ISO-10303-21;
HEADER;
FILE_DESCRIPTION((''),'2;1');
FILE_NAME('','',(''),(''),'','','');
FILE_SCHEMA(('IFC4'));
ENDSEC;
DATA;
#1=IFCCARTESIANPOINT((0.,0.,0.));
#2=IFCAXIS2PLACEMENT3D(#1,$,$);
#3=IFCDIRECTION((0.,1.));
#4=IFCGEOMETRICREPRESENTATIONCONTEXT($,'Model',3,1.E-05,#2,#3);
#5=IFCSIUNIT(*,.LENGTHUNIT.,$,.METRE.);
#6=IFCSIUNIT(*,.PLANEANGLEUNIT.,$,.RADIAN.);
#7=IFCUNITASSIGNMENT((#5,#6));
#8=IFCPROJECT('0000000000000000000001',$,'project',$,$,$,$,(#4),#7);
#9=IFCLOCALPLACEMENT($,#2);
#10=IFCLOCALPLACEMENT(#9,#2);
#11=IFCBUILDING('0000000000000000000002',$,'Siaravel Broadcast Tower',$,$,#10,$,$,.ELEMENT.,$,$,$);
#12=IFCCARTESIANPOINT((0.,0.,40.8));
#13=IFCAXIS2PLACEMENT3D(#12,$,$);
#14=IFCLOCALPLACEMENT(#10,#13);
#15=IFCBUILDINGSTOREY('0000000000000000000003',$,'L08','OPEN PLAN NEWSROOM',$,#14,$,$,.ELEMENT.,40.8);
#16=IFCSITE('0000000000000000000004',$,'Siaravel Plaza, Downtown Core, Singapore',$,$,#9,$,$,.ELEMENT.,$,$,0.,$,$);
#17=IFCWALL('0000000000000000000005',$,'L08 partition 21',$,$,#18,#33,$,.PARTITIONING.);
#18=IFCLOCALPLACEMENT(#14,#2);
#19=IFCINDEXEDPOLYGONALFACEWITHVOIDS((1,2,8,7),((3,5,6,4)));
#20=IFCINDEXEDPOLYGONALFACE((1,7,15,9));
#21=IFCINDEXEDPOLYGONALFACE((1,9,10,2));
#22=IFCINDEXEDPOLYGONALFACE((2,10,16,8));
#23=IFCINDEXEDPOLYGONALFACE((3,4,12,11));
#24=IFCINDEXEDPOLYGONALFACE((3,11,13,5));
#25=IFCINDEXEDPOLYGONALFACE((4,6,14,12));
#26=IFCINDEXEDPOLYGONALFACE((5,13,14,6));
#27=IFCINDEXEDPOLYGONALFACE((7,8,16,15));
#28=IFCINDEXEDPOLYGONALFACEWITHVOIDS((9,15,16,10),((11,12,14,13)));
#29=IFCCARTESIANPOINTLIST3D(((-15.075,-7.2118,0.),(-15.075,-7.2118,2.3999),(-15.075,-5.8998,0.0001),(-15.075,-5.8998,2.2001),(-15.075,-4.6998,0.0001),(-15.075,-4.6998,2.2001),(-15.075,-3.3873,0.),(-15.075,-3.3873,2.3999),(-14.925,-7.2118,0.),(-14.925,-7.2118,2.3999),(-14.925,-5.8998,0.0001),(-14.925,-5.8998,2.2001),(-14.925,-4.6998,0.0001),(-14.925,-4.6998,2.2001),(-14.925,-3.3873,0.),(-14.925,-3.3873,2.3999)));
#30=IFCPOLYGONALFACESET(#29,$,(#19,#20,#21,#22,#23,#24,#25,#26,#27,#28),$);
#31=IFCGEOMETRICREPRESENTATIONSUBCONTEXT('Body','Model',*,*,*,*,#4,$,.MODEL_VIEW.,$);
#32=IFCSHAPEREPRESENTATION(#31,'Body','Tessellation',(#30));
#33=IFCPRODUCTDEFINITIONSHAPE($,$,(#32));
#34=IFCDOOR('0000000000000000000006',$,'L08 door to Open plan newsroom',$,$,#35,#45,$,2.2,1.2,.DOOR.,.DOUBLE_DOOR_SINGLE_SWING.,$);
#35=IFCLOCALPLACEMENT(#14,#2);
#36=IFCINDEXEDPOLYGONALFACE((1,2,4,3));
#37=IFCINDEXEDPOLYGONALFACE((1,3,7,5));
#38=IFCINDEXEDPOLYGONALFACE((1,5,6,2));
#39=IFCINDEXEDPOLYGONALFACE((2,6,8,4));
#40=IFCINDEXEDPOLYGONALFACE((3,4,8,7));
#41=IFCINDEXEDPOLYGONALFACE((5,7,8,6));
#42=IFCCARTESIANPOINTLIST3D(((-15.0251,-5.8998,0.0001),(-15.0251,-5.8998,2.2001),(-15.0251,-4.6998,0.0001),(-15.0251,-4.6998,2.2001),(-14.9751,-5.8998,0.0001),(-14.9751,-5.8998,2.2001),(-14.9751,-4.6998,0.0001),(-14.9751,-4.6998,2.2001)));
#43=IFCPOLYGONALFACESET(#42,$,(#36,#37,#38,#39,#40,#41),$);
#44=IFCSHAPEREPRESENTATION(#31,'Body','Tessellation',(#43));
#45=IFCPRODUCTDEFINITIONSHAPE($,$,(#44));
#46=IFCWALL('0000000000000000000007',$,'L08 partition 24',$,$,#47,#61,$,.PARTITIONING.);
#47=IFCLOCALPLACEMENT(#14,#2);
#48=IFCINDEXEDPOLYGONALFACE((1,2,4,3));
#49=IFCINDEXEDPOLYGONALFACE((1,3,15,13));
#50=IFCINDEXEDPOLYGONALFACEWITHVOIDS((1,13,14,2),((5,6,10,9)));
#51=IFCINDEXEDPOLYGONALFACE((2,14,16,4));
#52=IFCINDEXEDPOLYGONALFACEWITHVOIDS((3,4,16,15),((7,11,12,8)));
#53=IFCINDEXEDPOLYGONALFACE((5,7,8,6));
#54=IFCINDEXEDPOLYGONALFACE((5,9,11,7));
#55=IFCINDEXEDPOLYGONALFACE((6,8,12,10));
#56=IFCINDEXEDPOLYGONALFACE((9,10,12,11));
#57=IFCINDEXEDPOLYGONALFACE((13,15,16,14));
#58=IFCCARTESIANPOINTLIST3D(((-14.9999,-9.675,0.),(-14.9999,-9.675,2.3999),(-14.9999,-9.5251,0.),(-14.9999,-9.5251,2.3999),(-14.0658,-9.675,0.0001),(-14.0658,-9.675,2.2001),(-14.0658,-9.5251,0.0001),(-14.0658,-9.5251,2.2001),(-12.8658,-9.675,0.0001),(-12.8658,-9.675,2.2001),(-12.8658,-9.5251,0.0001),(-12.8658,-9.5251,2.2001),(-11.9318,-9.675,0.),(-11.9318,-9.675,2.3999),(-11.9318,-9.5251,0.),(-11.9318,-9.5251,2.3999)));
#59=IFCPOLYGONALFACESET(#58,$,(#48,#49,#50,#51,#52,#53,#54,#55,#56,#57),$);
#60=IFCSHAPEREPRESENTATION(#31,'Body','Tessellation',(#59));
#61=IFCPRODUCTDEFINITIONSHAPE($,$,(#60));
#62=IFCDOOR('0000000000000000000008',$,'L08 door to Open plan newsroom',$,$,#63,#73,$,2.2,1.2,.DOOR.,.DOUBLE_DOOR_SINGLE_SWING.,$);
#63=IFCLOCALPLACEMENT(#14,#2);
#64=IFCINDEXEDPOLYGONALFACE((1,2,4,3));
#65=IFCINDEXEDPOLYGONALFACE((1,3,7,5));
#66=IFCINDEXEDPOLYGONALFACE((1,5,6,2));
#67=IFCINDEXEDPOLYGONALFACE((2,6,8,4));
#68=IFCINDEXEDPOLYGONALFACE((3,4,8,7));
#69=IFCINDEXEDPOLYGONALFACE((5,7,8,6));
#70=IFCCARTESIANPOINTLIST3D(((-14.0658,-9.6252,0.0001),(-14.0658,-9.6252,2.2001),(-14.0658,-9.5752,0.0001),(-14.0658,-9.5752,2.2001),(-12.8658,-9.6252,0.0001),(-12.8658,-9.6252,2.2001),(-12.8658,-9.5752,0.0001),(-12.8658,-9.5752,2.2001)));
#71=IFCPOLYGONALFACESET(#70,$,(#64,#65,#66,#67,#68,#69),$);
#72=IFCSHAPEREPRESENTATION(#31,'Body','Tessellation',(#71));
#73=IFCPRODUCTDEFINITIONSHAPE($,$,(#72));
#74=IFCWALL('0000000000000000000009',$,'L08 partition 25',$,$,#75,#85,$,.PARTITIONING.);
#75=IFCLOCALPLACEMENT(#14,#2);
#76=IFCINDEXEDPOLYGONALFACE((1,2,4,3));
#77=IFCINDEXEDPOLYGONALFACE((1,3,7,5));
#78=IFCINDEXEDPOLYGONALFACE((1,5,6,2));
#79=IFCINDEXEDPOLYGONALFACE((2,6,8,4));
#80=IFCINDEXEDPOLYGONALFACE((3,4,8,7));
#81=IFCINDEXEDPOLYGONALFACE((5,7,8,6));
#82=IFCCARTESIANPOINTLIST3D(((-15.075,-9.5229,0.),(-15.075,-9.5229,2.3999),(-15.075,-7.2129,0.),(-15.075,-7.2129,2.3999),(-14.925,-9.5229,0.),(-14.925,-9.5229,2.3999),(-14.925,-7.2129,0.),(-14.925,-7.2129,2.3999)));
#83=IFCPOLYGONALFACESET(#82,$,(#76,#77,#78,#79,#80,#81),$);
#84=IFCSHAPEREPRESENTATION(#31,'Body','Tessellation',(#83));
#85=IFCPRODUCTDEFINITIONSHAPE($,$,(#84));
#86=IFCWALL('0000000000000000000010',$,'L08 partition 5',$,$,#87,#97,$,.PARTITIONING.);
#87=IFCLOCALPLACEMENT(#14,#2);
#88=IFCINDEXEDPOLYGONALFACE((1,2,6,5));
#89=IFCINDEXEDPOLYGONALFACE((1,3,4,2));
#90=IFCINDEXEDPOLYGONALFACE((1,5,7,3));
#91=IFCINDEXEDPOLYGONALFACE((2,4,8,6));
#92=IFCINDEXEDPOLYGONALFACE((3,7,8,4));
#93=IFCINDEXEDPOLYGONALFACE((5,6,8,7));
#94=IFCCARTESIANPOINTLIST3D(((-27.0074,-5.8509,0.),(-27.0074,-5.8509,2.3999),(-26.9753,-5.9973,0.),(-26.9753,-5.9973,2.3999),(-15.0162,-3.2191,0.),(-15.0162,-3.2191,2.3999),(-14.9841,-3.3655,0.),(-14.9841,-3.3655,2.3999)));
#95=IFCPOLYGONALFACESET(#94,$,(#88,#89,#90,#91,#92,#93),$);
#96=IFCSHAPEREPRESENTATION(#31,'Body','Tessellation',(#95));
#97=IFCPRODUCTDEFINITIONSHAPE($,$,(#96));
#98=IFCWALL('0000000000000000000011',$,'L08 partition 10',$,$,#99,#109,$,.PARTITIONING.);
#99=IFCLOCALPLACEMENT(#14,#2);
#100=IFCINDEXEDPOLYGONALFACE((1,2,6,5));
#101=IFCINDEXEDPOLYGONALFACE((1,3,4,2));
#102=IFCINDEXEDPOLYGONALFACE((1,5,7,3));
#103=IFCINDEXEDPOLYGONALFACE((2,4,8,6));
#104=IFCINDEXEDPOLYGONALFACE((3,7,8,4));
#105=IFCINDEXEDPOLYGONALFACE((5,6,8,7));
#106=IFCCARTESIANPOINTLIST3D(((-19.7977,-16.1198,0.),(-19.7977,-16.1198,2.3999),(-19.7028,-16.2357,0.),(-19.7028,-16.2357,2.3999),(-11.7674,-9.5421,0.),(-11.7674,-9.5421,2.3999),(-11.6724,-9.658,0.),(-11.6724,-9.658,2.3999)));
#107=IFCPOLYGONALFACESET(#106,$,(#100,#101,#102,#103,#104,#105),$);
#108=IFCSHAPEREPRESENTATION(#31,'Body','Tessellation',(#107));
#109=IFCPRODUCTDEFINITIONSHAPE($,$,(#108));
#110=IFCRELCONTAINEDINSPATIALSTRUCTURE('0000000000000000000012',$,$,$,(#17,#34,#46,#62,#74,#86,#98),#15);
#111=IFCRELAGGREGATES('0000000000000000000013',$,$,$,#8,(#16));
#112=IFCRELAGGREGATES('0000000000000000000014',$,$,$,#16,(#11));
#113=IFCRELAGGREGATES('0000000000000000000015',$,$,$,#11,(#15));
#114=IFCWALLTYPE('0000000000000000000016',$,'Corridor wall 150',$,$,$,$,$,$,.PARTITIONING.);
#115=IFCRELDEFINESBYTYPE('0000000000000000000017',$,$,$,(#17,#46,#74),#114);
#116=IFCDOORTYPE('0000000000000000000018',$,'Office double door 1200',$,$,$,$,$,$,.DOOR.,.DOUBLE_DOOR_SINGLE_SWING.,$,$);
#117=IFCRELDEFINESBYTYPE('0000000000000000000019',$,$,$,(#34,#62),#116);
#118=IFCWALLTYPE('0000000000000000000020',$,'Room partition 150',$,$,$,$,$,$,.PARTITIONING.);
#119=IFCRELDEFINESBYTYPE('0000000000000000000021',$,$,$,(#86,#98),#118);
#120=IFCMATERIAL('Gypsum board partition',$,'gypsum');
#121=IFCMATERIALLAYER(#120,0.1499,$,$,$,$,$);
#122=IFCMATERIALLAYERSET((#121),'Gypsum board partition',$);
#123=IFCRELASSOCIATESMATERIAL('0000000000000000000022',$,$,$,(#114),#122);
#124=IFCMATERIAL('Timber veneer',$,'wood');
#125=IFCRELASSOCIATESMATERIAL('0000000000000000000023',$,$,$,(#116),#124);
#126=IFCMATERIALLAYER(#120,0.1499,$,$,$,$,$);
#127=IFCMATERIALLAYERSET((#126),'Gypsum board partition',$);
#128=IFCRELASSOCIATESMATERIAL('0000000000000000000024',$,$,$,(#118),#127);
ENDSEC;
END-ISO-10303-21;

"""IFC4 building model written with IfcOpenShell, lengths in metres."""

from ifc_helpers import new_model, si_unit, direction, frame, frame_2d, origin, place, context, subcontext, project, spatial, rectangle, extrude, material, layer, layer_set, type_object, element, fill, save


model = new_model("IFC4")

# Units and contexts
model_context = context("Model", 3, precision=1e-05, world=origin(), true_north=direction((0.0, 1.0)))
body_context = subcontext(model_context, "Body", "Model", "MODEL_VIEW")
ifc_project = project(units=[si_unit("LENGTHUNIT", "METRE"), si_unit("PLANEANGLEUNIT", "RADIAN")], contexts=[model_context])

# Site, building, storey
site_placement = place(None, origin())
site = spatial("IfcSite", under=ifc_project, at=site_placement, Name="Siaravel Plaza, Downtown Core, Singapore", CompositionType="ELEMENT", RefElevation=0.0)
building_placement = place(site_placement, origin())
building = spatial("IfcBuilding", under=site, at=building_placement, Name="Siaravel Broadcast Tower", CompositionType="ELEMENT")
storey_placement = place(building_placement, frame((0.0, 0.0, 40.8)))
storey = spatial("IfcBuildingStorey", under=building, at=storey_placement, Name="L08", Description="OPEN PLAN NEWSROOM", CompositionType="ELEMENT", Elevation=40.8)

# Walls, openings, doors
ifc_material_1 = material(Name="Gypsum board partition", Category="gypsum")
ifc_layer_1 = layer(ifc_material_1, 0.1499)
ifc_layer_set_1 = layer_set([ifc_layer_1], Name="Gypsum board partition")
wall_type_1 = type_object("IfcWallType", Name="Corridor wall 150", PredefinedType="PARTITIONING", material=ifc_layer_set_1)
wall_1_placement = place(storey_placement, frame((-15.0, -3.3875, 0.0), z_axis=(0.0, 0.0, 1.0), x_axis=(0.0, -1.0, 0.0)))
wall_1 = element("IfcWall", 1, at=wall_1_placement, inside=storey, type_object=wall_type_1, Name="L08 partition 21", PredefinedType="PARTITIONING", context=body_context, shape_type="SweptSolid", body=[
    extrude(rectangle(XDim=3.8245, YDim=0.1499, at=frame_2d((1.9121, 0.0))), origin(), (0.0, 0.0, 1.0), 2.3999),
])
opening_1_placement = place(wall_1_placement, frame((1.3123, 0.0, 0.0)))
opening_1 = element("IfcOpeningElement", 2, at=opening_1_placement, cuts=wall_1, PredefinedType="OPENING", context=body_context, shape_type="SweptSolid", body=[
    extrude(rectangle(XDim=1.2, YDim=2.2, at=frame_2d((0.6001, 1.1001))), frame((0.0, 0.085, 0.0), z_axis=(0.0, -1.0, 0.0), x_axis=(1.0, 0.0, 0.0)), (0.0, 0.0, 1.0), 0.1699),
])
ifc_material_2 = material(Name="Timber veneer", Category="wood")
door_type = type_object("IfcDoorType", Name="Office double door 1200", OperationType="DOUBLE_DOOR_SINGLE_SWING", PredefinedType="DOOR", material=ifc_material_2)
door_1_placement = place(opening_1_placement, origin())
door_1 = element("IfcDoor", 3, at=door_1_placement, inside=storey, type_object=door_type, Name="L08 door to Open plan newsroom", OperationType="DOUBLE_DOOR_SINGLE_SWING", OverallHeight=2.2, OverallWidth=1.2, PredefinedType="DOOR", context=body_context, shape_type="SweptSolid", body=[
    extrude(rectangle(XDim=1.2, YDim=2.2, at=frame_2d((0.6001, 1.1001))), frame((0.0, 0.0249, 0.0), z_axis=(0.0, -1.0, 0.0), x_axis=(1.0, 0.0, 0.0)), (0.0, 0.0, 1.0), 0.05),
])
fill(opening_1, door_1)
wall_2_placement = place(storey_placement, frame((-15.0, -9.6001, 0.0), z_axis=(0.0, 0.0, 1.0), x_axis=(1.0, 0.0, 0.0)))
wall_2 = element("IfcWall", 4, at=wall_2_placement, inside=storey, type_object=wall_type_1, Name="L08 partition 24", PredefinedType="PARTITIONING", context=body_context, shape_type="SweptSolid", body=[
    extrude(rectangle(XDim=3.0681, YDim=0.1499, at=frame_2d((1.5342, 0.0))), origin(), (0.0, 0.0, 1.0), 2.3999),
])
opening_2_placement = place(wall_2_placement, frame((0.9341, 0.0, 0.0)))
opening_2 = element("IfcOpeningElement", 5, at=opening_2_placement, cuts=wall_2, PredefinedType="OPENING", context=body_context, shape_type="SweptSolid", body=[
    extrude(rectangle(XDim=1.2, YDim=2.2, at=frame_2d((0.6001, 1.1001))), frame((0.0, 0.085, 0.0), z_axis=(0.0, -1.0, 0.0), x_axis=(1.0, 0.0, 0.0)), (0.0, 0.0, 1.0), 0.1699),
])
door_2_placement = place(opening_2_placement, origin())
door_2 = element("IfcDoor", 6, at=door_2_placement, inside=storey, type_object=door_type, Name="L08 door to Open plan newsroom", OperationType="DOUBLE_DOOR_SINGLE_SWING", OverallHeight=2.2, OverallWidth=1.2, PredefinedType="DOOR", context=body_context, shape_type="SweptSolid", body=[
    extrude(rectangle(XDim=1.2, YDim=2.2, at=frame_2d((0.6001, 1.1001))), frame((0.0, 0.0249, 0.0), z_axis=(0.0, -1.0, 0.0), x_axis=(1.0, 0.0, 0.0)), (0.0, 0.0, 1.0), 0.05),
])
fill(opening_2, door_2)

# Walls
wall_3_placement = place(storey_placement, frame((-15.0, -7.2129, 0.0), z_axis=(0.0, 0.0, 1.0), x_axis=(0.0, -1.0, 0.0)))
element("IfcWall", 7, at=wall_3_placement, inside=storey, type_object=wall_type_1, Name="L08 partition 25", PredefinedType="PARTITIONING", context=body_context, shape_type="SweptSolid", body=[
    extrude(rectangle(XDim=2.3101, YDim=0.1499, at=frame_2d((1.155, 0.0))), origin(), (0.0, 0.0, 1.0), 2.3999),
])
ifc_layer_2 = layer(ifc_material_1, 0.1499)
ifc_layer_set_2 = layer_set([ifc_layer_2], Name="Gypsum board partition")
wall_type_2 = type_object("IfcWallType", Name="Room partition 150", PredefinedType="PARTITIONING", material=ifc_layer_set_2)
wall_4_placement = place(storey_placement, frame((-26.9912, -5.9241, 0.0), z_axis=(0.0, 0.0, 1.0), x_axis=(0.976751, 0.214378, 0.0)))
element("IfcWall", 8, at=wall_4_placement, inside=storey, type_object=wall_type_2, Name="L08 partition 5", PredefinedType="PARTITIONING", context=body_context, shape_type="SweptSolid", body=[
    extrude(rectangle(XDim=12.2766, YDim=0.1499, at=frame_2d((6.1382, 0.0))), origin(), (0.0, 0.0, 1.0), 2.3999),
])
wall_5_placement = place(storey_placement, frame((-19.7502, -16.1777, 0.0), z_axis=(0.0, 0.0, 1.0), x_axis=(0.773607, 0.633665, 0.0)))
element("IfcWall", 9, at=wall_5_placement, inside=storey, type_object=wall_type_2, Name="L08 partition 10", PredefinedType="PARTITIONING", context=body_context, shape_type="SweptSolid", body=[
    extrude(rectangle(XDim=10.3804, YDim=0.1499, at=frame_2d((5.1902, 0.0))), origin(), (0.0, 0.0, 1.0), 2.3999),
])

save(model, "model.ifc")
